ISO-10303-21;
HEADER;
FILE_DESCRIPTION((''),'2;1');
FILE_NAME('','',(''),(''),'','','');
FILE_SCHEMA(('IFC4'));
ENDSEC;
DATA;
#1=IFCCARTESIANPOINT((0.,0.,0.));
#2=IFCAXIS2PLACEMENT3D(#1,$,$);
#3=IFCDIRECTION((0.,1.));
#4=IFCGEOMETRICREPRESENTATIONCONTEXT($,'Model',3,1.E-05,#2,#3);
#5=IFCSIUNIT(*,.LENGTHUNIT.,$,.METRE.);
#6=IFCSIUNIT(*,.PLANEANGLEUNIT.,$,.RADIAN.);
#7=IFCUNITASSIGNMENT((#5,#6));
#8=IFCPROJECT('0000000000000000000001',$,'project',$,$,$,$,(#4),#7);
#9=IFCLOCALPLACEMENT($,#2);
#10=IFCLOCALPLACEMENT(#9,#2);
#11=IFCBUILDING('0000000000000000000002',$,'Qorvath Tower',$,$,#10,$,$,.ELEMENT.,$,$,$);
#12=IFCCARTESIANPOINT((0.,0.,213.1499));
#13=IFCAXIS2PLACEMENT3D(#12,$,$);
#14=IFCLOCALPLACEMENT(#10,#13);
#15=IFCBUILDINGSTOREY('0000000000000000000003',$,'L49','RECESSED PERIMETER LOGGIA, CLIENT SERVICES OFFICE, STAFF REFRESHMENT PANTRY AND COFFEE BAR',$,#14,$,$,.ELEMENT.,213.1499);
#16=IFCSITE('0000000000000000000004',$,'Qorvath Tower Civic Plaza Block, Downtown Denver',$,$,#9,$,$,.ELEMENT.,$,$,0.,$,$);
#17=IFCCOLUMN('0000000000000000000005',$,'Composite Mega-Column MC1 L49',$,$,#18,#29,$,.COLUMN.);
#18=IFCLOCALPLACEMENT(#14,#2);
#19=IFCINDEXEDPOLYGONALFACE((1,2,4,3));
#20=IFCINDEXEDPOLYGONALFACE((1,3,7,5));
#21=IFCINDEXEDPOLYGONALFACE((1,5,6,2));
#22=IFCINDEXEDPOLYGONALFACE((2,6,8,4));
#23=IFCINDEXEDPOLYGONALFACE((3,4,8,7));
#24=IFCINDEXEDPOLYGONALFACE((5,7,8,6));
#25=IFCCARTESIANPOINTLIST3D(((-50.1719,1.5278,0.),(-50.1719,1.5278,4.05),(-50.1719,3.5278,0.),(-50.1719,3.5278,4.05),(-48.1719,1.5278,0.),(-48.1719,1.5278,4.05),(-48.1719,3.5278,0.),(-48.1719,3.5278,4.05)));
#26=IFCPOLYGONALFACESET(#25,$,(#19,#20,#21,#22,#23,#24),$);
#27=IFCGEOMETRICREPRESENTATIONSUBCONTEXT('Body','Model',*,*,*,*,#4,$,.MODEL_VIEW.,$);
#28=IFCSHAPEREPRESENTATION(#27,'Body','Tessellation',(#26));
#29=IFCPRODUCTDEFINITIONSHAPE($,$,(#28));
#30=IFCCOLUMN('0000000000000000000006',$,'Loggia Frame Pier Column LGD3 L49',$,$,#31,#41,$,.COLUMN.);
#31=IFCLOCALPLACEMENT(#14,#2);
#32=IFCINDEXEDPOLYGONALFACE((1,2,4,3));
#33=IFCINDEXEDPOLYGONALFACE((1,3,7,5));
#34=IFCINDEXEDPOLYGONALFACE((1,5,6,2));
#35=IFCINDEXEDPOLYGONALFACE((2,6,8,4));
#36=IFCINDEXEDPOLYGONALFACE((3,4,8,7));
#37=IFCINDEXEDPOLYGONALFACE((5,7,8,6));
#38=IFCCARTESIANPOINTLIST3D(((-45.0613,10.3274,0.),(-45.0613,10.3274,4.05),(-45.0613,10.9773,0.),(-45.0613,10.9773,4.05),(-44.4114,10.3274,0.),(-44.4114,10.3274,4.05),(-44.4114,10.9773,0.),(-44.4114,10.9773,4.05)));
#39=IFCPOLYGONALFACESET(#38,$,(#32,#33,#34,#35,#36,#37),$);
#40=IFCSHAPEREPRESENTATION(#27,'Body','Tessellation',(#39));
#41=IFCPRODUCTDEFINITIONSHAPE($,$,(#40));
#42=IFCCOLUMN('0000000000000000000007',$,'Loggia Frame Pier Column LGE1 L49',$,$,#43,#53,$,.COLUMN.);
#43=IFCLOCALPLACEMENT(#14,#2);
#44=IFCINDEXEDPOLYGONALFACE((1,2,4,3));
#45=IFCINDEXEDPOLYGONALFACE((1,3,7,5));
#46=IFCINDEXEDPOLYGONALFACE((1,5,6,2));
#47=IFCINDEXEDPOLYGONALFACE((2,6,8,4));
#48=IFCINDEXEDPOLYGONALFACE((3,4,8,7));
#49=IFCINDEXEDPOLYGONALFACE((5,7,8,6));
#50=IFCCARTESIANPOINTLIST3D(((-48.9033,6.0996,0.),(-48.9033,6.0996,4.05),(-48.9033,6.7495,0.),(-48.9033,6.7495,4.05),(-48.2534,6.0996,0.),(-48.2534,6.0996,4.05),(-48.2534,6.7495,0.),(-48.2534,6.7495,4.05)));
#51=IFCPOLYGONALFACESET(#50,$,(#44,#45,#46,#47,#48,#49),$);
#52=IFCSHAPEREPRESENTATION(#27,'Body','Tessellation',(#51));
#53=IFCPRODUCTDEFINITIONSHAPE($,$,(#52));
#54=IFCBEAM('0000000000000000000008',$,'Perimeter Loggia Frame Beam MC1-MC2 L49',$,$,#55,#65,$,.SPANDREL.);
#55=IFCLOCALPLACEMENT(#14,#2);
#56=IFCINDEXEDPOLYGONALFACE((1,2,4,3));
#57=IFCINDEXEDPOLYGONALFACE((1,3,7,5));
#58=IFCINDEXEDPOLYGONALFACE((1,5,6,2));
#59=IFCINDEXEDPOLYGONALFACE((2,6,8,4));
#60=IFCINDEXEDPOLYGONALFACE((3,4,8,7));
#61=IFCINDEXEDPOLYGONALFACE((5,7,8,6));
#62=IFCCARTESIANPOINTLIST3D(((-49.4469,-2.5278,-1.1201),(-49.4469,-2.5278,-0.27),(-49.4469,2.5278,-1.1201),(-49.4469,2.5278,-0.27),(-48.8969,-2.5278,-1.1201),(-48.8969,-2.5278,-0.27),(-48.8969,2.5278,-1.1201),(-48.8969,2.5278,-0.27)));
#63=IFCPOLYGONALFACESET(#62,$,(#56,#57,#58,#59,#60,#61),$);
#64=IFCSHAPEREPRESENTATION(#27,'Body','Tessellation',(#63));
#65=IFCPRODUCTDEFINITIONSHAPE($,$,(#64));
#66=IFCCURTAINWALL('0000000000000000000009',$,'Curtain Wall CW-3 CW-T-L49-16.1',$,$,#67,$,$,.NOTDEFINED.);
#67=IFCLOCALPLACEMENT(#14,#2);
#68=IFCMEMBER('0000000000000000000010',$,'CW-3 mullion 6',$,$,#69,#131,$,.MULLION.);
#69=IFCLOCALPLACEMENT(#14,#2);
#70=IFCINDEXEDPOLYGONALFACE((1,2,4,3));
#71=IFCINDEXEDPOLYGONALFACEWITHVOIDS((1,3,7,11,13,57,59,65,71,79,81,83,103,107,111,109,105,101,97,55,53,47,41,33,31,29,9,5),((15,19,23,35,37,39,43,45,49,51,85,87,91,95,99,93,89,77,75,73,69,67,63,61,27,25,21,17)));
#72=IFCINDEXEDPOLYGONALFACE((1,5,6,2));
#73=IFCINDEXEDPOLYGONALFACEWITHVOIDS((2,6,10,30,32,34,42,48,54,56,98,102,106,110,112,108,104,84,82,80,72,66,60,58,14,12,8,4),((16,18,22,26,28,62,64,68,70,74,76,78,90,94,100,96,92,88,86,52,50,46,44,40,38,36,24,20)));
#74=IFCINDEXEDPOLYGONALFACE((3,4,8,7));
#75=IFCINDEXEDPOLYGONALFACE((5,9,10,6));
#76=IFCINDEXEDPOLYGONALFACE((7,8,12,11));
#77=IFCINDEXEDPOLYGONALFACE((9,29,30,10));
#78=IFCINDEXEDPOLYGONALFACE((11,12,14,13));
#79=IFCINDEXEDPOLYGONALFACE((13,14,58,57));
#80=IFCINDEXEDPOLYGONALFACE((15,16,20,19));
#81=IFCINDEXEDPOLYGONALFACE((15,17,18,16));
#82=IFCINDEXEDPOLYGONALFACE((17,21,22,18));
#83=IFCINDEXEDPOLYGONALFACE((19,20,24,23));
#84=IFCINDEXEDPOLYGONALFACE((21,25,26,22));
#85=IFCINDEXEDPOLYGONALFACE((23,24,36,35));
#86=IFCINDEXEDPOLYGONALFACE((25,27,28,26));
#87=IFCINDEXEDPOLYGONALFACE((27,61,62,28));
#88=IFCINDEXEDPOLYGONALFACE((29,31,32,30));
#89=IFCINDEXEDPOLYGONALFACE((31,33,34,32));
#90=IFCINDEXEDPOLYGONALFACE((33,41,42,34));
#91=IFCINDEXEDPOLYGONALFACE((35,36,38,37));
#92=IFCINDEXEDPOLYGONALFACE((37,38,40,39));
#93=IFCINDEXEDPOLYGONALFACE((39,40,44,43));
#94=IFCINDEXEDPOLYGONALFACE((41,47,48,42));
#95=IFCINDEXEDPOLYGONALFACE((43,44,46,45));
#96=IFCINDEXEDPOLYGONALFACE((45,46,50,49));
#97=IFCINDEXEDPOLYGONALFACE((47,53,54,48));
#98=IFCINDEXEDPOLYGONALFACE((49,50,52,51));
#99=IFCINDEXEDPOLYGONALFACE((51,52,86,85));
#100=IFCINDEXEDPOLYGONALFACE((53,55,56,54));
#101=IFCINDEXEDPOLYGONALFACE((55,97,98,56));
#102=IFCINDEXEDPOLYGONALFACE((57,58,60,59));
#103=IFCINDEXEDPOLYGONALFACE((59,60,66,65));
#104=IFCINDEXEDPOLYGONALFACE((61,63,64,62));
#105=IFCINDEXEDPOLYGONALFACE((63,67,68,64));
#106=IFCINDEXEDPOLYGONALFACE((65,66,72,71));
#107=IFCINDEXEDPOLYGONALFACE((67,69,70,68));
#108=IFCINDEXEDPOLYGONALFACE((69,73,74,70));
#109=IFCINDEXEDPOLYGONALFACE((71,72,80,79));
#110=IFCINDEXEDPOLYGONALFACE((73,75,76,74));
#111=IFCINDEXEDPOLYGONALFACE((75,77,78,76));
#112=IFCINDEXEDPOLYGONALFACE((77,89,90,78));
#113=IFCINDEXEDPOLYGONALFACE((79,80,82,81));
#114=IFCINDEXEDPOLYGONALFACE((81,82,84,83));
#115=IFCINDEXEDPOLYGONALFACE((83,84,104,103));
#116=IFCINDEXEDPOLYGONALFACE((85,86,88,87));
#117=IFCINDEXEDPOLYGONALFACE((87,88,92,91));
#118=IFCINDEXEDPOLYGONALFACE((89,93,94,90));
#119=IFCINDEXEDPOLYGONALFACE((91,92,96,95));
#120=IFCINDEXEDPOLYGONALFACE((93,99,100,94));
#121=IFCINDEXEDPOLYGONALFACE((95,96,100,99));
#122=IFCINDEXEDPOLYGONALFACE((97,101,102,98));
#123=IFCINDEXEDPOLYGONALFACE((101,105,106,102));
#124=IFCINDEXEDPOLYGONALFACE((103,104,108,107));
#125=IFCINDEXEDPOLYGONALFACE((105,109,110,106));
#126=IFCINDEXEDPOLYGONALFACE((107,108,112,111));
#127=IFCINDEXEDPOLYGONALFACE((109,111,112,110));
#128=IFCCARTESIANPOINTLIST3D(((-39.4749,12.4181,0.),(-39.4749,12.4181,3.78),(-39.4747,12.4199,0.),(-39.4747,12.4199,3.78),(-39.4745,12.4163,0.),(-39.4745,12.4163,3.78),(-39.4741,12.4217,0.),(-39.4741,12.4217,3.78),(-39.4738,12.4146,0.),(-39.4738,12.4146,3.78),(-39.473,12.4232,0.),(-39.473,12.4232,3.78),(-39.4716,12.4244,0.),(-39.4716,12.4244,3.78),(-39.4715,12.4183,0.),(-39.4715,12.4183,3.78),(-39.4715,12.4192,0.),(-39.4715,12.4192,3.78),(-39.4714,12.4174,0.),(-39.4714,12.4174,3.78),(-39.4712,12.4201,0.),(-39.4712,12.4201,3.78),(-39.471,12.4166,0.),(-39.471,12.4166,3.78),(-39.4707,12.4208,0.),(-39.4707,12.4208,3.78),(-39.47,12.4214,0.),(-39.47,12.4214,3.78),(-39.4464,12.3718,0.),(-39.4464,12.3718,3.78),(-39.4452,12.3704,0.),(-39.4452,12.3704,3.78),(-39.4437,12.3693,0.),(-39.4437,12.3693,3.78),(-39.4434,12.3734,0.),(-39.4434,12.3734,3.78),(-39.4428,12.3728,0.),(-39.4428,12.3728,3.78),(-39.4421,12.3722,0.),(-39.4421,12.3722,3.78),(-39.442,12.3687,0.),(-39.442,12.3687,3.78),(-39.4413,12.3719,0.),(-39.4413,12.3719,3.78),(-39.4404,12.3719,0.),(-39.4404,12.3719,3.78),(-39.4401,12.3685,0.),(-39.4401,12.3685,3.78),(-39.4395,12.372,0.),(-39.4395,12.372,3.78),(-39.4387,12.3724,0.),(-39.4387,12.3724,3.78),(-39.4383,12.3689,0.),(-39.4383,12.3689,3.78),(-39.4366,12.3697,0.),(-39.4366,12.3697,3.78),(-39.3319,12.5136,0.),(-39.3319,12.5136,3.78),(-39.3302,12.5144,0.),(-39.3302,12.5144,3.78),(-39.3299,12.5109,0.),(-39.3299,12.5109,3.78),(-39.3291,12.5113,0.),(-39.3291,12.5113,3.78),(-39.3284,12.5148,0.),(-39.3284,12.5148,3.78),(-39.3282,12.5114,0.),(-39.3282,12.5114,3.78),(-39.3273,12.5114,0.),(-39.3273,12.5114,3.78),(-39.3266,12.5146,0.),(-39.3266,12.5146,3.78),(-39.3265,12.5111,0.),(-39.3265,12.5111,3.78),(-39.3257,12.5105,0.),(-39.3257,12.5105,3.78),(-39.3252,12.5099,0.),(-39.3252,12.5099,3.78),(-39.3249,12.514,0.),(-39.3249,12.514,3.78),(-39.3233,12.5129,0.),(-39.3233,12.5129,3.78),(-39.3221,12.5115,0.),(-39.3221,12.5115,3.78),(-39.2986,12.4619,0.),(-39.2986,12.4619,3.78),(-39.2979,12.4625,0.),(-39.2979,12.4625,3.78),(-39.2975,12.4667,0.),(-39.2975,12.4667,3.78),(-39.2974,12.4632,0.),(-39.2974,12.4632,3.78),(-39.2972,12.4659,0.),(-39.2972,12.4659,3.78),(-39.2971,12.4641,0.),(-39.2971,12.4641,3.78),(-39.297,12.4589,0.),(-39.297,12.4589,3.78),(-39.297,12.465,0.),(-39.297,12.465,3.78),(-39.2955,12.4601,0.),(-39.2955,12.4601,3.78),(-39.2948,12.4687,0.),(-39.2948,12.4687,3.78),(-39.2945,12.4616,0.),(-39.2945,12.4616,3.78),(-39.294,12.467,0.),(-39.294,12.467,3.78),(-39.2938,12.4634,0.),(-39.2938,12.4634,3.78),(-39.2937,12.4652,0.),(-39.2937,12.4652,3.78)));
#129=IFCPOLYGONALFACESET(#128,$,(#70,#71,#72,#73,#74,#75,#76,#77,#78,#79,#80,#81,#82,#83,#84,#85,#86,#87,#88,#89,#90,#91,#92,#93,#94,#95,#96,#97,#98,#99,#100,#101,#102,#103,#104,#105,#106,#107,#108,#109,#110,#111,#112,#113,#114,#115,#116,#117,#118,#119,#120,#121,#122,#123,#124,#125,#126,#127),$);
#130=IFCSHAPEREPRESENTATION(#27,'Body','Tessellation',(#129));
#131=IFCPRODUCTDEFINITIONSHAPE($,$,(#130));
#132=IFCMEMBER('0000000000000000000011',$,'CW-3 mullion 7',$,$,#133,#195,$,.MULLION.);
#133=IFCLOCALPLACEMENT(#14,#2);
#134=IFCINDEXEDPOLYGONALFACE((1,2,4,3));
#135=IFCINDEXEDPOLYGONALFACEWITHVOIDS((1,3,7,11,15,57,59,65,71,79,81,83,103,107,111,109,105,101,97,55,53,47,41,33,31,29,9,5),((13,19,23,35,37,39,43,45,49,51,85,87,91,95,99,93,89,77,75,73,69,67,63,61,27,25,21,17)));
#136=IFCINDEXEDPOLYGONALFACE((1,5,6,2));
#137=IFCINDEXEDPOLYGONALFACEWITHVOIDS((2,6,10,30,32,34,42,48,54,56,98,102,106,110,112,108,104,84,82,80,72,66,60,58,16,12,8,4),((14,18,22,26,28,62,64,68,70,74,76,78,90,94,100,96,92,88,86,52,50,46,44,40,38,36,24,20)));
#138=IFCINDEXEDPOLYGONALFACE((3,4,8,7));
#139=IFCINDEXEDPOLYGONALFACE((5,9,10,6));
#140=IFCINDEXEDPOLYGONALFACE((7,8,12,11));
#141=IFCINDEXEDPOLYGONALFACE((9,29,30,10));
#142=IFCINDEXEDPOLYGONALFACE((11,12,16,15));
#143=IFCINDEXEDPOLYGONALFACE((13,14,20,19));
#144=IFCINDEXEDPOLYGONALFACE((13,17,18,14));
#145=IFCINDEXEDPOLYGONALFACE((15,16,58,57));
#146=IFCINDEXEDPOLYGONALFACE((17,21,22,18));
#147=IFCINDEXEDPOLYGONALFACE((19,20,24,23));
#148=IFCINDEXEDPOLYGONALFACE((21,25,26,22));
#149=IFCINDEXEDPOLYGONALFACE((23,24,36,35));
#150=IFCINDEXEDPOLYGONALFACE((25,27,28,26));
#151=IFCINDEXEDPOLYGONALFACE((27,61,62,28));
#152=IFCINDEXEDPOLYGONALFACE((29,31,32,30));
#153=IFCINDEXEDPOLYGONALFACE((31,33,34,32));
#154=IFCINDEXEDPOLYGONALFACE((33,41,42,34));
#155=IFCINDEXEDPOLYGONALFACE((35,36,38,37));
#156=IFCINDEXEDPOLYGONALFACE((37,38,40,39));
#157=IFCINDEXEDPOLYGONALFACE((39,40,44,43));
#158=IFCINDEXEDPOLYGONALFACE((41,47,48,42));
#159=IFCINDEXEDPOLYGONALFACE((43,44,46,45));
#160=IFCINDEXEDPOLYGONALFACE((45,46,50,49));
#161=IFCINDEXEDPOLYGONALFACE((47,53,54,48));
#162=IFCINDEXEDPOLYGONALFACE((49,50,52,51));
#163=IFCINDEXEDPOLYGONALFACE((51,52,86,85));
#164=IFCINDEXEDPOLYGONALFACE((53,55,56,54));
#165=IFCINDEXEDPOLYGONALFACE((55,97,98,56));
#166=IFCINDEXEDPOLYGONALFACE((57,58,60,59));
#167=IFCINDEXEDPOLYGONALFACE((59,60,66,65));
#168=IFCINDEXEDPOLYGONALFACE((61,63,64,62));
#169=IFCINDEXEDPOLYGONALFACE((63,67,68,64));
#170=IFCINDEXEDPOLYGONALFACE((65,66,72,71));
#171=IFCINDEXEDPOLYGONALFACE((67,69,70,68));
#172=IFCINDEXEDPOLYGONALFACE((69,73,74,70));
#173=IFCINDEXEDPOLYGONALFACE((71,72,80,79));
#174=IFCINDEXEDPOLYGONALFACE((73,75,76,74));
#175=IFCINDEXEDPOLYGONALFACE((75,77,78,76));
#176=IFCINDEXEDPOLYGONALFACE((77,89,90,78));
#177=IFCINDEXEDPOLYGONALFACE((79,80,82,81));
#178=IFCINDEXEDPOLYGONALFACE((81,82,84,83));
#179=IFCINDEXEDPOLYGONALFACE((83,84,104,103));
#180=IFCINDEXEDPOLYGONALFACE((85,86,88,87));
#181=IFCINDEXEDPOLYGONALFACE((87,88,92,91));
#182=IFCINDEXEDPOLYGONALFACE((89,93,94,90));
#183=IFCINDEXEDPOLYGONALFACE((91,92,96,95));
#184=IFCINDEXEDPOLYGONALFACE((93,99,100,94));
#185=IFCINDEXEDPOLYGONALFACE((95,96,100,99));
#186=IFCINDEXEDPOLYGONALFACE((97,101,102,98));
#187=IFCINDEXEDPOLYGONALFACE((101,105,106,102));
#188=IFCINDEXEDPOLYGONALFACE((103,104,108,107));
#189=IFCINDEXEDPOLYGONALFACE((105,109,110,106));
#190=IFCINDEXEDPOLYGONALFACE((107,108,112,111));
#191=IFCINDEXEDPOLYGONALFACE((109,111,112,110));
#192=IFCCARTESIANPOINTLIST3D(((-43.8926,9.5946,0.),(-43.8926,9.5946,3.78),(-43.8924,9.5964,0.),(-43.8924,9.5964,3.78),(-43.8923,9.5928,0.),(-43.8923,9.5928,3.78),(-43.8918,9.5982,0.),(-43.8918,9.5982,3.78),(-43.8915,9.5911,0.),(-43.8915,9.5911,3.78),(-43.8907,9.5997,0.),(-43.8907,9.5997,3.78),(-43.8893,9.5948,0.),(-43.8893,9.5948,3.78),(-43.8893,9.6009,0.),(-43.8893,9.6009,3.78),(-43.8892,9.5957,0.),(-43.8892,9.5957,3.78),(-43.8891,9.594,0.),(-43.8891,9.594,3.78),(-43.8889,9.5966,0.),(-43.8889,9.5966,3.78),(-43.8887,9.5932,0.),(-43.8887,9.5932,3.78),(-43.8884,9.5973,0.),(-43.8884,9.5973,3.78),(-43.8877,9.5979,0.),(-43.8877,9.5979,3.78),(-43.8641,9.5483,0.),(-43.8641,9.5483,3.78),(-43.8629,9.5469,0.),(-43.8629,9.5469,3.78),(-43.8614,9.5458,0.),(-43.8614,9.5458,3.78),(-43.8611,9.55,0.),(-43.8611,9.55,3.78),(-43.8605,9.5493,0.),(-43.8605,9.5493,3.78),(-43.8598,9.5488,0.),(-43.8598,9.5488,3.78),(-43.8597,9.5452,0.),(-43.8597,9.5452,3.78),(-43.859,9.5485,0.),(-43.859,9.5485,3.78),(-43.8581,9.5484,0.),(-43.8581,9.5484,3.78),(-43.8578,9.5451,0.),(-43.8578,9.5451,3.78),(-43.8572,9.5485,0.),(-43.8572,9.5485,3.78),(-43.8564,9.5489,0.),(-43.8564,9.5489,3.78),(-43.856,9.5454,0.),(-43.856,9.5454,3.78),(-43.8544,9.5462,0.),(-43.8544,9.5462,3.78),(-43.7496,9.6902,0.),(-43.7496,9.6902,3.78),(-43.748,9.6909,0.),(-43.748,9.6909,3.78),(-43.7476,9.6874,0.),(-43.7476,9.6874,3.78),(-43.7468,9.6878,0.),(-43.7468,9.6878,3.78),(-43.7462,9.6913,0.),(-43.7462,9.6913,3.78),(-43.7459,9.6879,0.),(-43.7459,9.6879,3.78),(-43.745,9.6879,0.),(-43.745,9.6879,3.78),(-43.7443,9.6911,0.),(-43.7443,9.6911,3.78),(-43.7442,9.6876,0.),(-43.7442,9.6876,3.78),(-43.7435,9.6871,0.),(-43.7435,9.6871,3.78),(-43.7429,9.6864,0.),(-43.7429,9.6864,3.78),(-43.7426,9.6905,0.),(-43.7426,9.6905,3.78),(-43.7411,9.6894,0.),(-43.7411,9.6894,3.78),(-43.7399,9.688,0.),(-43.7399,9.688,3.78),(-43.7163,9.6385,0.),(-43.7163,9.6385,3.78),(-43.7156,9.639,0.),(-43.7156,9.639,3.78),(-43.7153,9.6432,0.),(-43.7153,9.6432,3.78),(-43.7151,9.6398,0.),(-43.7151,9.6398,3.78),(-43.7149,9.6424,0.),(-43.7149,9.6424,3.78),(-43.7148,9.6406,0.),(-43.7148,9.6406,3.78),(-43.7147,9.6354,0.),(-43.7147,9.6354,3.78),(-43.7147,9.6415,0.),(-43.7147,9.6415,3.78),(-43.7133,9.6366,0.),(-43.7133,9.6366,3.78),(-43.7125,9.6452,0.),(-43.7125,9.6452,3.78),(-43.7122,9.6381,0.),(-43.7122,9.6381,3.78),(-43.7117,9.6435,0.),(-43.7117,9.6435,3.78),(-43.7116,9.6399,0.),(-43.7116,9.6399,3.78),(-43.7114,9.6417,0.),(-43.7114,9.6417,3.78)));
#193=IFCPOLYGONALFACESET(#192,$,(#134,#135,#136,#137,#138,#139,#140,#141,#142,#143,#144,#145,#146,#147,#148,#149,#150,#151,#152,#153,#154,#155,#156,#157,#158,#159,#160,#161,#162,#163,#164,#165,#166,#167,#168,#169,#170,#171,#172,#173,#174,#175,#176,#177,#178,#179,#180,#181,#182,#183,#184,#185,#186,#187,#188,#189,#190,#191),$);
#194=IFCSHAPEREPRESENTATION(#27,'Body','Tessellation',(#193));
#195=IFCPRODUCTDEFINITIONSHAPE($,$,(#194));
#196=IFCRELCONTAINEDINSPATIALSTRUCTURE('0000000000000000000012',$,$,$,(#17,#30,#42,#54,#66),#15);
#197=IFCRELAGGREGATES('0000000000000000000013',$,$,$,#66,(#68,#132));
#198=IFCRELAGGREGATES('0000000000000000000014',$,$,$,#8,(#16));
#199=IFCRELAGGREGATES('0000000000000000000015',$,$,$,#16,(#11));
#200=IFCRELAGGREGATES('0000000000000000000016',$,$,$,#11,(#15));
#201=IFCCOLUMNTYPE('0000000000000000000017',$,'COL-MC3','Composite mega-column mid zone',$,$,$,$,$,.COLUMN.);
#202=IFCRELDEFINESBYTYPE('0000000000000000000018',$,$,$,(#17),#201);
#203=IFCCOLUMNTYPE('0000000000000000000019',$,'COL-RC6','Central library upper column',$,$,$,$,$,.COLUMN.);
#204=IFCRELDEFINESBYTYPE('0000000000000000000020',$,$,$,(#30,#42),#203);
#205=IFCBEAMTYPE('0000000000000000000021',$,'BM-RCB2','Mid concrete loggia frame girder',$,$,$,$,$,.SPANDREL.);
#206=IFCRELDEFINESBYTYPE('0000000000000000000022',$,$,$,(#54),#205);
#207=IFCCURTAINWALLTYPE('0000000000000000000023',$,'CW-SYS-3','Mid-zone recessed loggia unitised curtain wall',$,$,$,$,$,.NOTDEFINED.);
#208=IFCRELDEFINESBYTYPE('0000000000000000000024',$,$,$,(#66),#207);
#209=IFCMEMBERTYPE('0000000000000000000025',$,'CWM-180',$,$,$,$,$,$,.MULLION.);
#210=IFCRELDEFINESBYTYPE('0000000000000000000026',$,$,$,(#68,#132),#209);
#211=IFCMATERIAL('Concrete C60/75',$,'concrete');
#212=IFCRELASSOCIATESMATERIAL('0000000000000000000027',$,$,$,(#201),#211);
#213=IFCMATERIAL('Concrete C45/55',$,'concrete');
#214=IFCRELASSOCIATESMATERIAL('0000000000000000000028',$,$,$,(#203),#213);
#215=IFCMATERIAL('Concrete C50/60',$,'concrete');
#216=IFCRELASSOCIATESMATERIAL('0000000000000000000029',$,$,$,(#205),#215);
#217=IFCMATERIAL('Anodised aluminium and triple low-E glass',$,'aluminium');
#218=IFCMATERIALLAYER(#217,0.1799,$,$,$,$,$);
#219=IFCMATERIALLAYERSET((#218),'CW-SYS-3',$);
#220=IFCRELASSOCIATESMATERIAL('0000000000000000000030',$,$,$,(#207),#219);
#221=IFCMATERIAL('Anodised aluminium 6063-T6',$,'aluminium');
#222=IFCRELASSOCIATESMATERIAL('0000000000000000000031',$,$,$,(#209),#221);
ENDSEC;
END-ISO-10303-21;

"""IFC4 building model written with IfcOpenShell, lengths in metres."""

from ifc_helpers import new_model, si_unit, direction, frame, origin, origin_2d, place, context, subcontext, project, spatial, rectangle, hollow_rectangle, extrude, material, layer, layer_set, material_profile, profile_set, type_object, element, aggregate, save


model = new_model("IFC4")

# Units and contexts
model_context = context("Model", 3, precision=1e-05, world=origin(), true_north=direction((0.0, 1.0)))
body_context = subcontext(model_context, "Body", "Model", "MODEL_VIEW")
ifc_project = project(units=[si_unit("LENGTHUNIT", "METRE"), si_unit("PLANEANGLEUNIT", "RADIAN")], contexts=[model_context])

# Site, building, storey
site_placement = place(None, origin())
site = spatial("IfcSite", under=ifc_project, at=site_placement, Name="Qorvath Tower Civic Plaza Block, Downtown Denver", CompositionType="ELEMENT", RefElevation=0.0)
building_placement = place(site_placement, origin())
building = spatial("IfcBuilding", under=site, at=building_placement, Name="Qorvath Tower", CompositionType="ELEMENT")
storey_placement = place(building_placement, frame((0.0, 0.0, 213.1499)))
storey = spatial("IfcBuildingStorey", under=building, at=storey_placement, Name="L49", Description="RECESSED PERIMETER LOGGIA, CLIENT SERVICES OFFICE, STAFF REFRESHMENT PANTRY AND COFFEE BAR", CompositionType="ELEMENT", Elevation=213.1499)

# Columns
ifc_material_1 = material(Name="Concrete C60/75", Category="concrete")
ifc_material_profile_1 = material_profile(ifc_material_1, rectangle(XDim=2.0, YDim=2.0, at=origin_2d()), Name="MC 2000x2000")
ifc_profile_set_1 = profile_set([ifc_material_profile_1], Name="Concrete C60/75")
column_type_1 = type_object("IfcColumnType", Name="COL-MC3", Description="Composite mega-column mid zone", PredefinedType="COLUMN", material=ifc_profile_set_1)
column_placement = place(storey_placement, frame((-49.1719, 2.5278, 0.0), z_axis=(0.0, 0.0, 1.0), x_axis=(1.0, 0.0, 0.0)))
element("IfcColumn", 1, at=column_placement, inside=storey, type_object=column_type_1, Name="Composite Mega-Column MC1 L49", PredefinedType="COLUMN", context=body_context, shape_type="SweptSolid", body=[
    extrude(rectangle(XDim=2.0, YDim=2.0, at=origin_2d()), origin(), (0.0, 0.0, 1.0), 4.05),
])
ifc_material_2 = material(Name="Concrete C45/55", Category="concrete")
ifc_material_profile_2 = material_profile(ifc_material_2, rectangle(XDim=0.6499, YDim=0.6499, at=origin_2d()), Name="RC 650x650")
ifc_profile_set_2 = profile_set([ifc_material_profile_2], Name="Concrete C45/55")
column_type_2 = type_object("IfcColumnType", Name="COL-RC6", Description="Central library upper column", PredefinedType="COLUMN", material=ifc_profile_set_2)
for number, where, z_axis, x_axis, name in (
    (2, (-44.7363, 10.6523, 0.0), (0.0, 0.0, 1.0), (1.0, 0.0, 0.0), "Loggia Frame Pier Column LGD3 L49"),
    (3, (-48.5784, 6.4246, 0.0), (0.0, 0.0, 1.0), (1.0, 0.0, 0.0), "Loggia Frame Pier Column LGE1 L49"),
):
    element("IfcColumn", number, at=place(storey_placement, frame(where, z_axis=z_axis, x_axis=x_axis)), inside=storey, type_object=column_type_2, Name=name, PredefinedType="COLUMN", context=body_context, shape_type="SweptSolid", body=[
        extrude(rectangle(XDim=0.6499, YDim=0.6499, at=origin_2d()), origin(), (0.0, 0.0, 1.0), 4.05),
    ])

# Beam
ifc_material_3 = material(Name="Concrete C50/60", Category="concrete")
ifc_material_profile_3 = material_profile(ifc_material_3, rectangle(XDim=0.55, YDim=0.8501, at=origin_2d()), Name="RCB 850x550")
ifc_profile_set_3 = profile_set([ifc_material_profile_3], Name="Concrete C50/60")
beam_type = type_object("IfcBeamType", Name="BM-RCB2", Description="Mid concrete loggia frame girder", PredefinedType="SPANDREL", material=ifc_profile_set_3)
beam_placement = place(storey_placement, frame((-49.1719, 2.5278, -0.6951), z_axis=(0.0, -1.0, 0.0), x_axis=(1.0, 0.0, 0.0)))
element("IfcBeam", 4, at=beam_placement, inside=storey, type_object=beam_type, Name="Perimeter Loggia Frame Beam MC1-MC2 L49", PredefinedType="SPANDREL", context=body_context, shape_type="SweptSolid", body=[
    extrude(rectangle(XDim=0.55, YDim=0.8501, at=origin_2d()), origin(), (0.0, 0.0, 1.0), 5.0557),
])

# Curtain wall, members
ifc_material_4 = material(Name="Anodised aluminium and triple low-E glass", Category="aluminium")
ifc_layer_1 = layer(ifc_material_4, 0.1799)
ifc_layer_set_1 = layer_set([ifc_layer_1], Name="CW-SYS-3")
curtain_wall_type = type_object("IfcCurtainWallType", Name="CW-SYS-3", Description="Mid-zone recessed loggia unitised curtain wall", PredefinedType="NOTDEFINED", material=ifc_layer_set_1)
curtain_wall_1_placement = place(storey_placement, origin())
curtain_wall_1 = element("IfcCurtainWall", 5, at=curtain_wall_1_placement, inside=storey, type_object=curtain_wall_type, Name="Curtain Wall CW-3 CW-T-L49-16.1", PredefinedType="NOTDEFINED")
ifc_material_5 = material(Name="Anodised aluminium 6063-T6", Category="aluminium")
ifc_material_profile_4 = material_profile(ifc_material_5, hollow_rectangle(XDim=0.0649, YDim=0.1799, WallThickness=0.0034, InnerFilletRadius=0.0034, OuterFilletRadius=0.0071, at=origin_2d()), Name="CWM 180x65")
ifc_profile_set_4 = profile_set([ifc_material_profile_4], Name="Anodised aluminium 6063-T6")
member_type_1 = type_object("IfcMemberType", Name="CWM-180", PredefinedType="MULLION", material=ifc_profile_set_4)
member_1_placement = place(storey_placement, frame((-39.3843, 12.4417, 0.0), z_axis=(0.0, 0.0, 1.0), x_axis=(0.538532, -0.842605, 0.0)))
member_1 = element("IfcMember", 6, at=member_1_placement, type_object=member_type_1, Name="CW-3 mullion 6", PredefinedType="MULLION", context=body_context, shape_type="SweptSolid", body=[
    extrude(hollow_rectangle(XDim=0.0649, YDim=0.1799, WallThickness=0.0034, InnerFilletRadius=0.0034, OuterFilletRadius=0.0071, at=origin_2d()), origin(), (0.0, 0.0, 1.0), 3.78),
])
member_2_placement = place(storey_placement, frame((-43.802, 9.6182, 0.0), z_axis=(0.0, 0.0, 1.0), x_axis=(0.538532, -0.842605, 0.0)))
member_2 = element("IfcMember", 7, at=member_2_placement, type_object=member_type_1, Name="CW-3 mullion 7", PredefinedType="MULLION", context=body_context, shape_type="SweptSolid", body=[
    extrude(hollow_rectangle(XDim=0.0649, YDim=0.1799, WallThickness=0.0034, InnerFilletRadius=0.0034, OuterFilletRadius=0.0071, at=origin_2d()), origin(), (0.0, 0.0, 1.0), 3.78),
])

aggregate(curtain_wall_1, [member_1, member_2])

save(model, "model.ifc")
